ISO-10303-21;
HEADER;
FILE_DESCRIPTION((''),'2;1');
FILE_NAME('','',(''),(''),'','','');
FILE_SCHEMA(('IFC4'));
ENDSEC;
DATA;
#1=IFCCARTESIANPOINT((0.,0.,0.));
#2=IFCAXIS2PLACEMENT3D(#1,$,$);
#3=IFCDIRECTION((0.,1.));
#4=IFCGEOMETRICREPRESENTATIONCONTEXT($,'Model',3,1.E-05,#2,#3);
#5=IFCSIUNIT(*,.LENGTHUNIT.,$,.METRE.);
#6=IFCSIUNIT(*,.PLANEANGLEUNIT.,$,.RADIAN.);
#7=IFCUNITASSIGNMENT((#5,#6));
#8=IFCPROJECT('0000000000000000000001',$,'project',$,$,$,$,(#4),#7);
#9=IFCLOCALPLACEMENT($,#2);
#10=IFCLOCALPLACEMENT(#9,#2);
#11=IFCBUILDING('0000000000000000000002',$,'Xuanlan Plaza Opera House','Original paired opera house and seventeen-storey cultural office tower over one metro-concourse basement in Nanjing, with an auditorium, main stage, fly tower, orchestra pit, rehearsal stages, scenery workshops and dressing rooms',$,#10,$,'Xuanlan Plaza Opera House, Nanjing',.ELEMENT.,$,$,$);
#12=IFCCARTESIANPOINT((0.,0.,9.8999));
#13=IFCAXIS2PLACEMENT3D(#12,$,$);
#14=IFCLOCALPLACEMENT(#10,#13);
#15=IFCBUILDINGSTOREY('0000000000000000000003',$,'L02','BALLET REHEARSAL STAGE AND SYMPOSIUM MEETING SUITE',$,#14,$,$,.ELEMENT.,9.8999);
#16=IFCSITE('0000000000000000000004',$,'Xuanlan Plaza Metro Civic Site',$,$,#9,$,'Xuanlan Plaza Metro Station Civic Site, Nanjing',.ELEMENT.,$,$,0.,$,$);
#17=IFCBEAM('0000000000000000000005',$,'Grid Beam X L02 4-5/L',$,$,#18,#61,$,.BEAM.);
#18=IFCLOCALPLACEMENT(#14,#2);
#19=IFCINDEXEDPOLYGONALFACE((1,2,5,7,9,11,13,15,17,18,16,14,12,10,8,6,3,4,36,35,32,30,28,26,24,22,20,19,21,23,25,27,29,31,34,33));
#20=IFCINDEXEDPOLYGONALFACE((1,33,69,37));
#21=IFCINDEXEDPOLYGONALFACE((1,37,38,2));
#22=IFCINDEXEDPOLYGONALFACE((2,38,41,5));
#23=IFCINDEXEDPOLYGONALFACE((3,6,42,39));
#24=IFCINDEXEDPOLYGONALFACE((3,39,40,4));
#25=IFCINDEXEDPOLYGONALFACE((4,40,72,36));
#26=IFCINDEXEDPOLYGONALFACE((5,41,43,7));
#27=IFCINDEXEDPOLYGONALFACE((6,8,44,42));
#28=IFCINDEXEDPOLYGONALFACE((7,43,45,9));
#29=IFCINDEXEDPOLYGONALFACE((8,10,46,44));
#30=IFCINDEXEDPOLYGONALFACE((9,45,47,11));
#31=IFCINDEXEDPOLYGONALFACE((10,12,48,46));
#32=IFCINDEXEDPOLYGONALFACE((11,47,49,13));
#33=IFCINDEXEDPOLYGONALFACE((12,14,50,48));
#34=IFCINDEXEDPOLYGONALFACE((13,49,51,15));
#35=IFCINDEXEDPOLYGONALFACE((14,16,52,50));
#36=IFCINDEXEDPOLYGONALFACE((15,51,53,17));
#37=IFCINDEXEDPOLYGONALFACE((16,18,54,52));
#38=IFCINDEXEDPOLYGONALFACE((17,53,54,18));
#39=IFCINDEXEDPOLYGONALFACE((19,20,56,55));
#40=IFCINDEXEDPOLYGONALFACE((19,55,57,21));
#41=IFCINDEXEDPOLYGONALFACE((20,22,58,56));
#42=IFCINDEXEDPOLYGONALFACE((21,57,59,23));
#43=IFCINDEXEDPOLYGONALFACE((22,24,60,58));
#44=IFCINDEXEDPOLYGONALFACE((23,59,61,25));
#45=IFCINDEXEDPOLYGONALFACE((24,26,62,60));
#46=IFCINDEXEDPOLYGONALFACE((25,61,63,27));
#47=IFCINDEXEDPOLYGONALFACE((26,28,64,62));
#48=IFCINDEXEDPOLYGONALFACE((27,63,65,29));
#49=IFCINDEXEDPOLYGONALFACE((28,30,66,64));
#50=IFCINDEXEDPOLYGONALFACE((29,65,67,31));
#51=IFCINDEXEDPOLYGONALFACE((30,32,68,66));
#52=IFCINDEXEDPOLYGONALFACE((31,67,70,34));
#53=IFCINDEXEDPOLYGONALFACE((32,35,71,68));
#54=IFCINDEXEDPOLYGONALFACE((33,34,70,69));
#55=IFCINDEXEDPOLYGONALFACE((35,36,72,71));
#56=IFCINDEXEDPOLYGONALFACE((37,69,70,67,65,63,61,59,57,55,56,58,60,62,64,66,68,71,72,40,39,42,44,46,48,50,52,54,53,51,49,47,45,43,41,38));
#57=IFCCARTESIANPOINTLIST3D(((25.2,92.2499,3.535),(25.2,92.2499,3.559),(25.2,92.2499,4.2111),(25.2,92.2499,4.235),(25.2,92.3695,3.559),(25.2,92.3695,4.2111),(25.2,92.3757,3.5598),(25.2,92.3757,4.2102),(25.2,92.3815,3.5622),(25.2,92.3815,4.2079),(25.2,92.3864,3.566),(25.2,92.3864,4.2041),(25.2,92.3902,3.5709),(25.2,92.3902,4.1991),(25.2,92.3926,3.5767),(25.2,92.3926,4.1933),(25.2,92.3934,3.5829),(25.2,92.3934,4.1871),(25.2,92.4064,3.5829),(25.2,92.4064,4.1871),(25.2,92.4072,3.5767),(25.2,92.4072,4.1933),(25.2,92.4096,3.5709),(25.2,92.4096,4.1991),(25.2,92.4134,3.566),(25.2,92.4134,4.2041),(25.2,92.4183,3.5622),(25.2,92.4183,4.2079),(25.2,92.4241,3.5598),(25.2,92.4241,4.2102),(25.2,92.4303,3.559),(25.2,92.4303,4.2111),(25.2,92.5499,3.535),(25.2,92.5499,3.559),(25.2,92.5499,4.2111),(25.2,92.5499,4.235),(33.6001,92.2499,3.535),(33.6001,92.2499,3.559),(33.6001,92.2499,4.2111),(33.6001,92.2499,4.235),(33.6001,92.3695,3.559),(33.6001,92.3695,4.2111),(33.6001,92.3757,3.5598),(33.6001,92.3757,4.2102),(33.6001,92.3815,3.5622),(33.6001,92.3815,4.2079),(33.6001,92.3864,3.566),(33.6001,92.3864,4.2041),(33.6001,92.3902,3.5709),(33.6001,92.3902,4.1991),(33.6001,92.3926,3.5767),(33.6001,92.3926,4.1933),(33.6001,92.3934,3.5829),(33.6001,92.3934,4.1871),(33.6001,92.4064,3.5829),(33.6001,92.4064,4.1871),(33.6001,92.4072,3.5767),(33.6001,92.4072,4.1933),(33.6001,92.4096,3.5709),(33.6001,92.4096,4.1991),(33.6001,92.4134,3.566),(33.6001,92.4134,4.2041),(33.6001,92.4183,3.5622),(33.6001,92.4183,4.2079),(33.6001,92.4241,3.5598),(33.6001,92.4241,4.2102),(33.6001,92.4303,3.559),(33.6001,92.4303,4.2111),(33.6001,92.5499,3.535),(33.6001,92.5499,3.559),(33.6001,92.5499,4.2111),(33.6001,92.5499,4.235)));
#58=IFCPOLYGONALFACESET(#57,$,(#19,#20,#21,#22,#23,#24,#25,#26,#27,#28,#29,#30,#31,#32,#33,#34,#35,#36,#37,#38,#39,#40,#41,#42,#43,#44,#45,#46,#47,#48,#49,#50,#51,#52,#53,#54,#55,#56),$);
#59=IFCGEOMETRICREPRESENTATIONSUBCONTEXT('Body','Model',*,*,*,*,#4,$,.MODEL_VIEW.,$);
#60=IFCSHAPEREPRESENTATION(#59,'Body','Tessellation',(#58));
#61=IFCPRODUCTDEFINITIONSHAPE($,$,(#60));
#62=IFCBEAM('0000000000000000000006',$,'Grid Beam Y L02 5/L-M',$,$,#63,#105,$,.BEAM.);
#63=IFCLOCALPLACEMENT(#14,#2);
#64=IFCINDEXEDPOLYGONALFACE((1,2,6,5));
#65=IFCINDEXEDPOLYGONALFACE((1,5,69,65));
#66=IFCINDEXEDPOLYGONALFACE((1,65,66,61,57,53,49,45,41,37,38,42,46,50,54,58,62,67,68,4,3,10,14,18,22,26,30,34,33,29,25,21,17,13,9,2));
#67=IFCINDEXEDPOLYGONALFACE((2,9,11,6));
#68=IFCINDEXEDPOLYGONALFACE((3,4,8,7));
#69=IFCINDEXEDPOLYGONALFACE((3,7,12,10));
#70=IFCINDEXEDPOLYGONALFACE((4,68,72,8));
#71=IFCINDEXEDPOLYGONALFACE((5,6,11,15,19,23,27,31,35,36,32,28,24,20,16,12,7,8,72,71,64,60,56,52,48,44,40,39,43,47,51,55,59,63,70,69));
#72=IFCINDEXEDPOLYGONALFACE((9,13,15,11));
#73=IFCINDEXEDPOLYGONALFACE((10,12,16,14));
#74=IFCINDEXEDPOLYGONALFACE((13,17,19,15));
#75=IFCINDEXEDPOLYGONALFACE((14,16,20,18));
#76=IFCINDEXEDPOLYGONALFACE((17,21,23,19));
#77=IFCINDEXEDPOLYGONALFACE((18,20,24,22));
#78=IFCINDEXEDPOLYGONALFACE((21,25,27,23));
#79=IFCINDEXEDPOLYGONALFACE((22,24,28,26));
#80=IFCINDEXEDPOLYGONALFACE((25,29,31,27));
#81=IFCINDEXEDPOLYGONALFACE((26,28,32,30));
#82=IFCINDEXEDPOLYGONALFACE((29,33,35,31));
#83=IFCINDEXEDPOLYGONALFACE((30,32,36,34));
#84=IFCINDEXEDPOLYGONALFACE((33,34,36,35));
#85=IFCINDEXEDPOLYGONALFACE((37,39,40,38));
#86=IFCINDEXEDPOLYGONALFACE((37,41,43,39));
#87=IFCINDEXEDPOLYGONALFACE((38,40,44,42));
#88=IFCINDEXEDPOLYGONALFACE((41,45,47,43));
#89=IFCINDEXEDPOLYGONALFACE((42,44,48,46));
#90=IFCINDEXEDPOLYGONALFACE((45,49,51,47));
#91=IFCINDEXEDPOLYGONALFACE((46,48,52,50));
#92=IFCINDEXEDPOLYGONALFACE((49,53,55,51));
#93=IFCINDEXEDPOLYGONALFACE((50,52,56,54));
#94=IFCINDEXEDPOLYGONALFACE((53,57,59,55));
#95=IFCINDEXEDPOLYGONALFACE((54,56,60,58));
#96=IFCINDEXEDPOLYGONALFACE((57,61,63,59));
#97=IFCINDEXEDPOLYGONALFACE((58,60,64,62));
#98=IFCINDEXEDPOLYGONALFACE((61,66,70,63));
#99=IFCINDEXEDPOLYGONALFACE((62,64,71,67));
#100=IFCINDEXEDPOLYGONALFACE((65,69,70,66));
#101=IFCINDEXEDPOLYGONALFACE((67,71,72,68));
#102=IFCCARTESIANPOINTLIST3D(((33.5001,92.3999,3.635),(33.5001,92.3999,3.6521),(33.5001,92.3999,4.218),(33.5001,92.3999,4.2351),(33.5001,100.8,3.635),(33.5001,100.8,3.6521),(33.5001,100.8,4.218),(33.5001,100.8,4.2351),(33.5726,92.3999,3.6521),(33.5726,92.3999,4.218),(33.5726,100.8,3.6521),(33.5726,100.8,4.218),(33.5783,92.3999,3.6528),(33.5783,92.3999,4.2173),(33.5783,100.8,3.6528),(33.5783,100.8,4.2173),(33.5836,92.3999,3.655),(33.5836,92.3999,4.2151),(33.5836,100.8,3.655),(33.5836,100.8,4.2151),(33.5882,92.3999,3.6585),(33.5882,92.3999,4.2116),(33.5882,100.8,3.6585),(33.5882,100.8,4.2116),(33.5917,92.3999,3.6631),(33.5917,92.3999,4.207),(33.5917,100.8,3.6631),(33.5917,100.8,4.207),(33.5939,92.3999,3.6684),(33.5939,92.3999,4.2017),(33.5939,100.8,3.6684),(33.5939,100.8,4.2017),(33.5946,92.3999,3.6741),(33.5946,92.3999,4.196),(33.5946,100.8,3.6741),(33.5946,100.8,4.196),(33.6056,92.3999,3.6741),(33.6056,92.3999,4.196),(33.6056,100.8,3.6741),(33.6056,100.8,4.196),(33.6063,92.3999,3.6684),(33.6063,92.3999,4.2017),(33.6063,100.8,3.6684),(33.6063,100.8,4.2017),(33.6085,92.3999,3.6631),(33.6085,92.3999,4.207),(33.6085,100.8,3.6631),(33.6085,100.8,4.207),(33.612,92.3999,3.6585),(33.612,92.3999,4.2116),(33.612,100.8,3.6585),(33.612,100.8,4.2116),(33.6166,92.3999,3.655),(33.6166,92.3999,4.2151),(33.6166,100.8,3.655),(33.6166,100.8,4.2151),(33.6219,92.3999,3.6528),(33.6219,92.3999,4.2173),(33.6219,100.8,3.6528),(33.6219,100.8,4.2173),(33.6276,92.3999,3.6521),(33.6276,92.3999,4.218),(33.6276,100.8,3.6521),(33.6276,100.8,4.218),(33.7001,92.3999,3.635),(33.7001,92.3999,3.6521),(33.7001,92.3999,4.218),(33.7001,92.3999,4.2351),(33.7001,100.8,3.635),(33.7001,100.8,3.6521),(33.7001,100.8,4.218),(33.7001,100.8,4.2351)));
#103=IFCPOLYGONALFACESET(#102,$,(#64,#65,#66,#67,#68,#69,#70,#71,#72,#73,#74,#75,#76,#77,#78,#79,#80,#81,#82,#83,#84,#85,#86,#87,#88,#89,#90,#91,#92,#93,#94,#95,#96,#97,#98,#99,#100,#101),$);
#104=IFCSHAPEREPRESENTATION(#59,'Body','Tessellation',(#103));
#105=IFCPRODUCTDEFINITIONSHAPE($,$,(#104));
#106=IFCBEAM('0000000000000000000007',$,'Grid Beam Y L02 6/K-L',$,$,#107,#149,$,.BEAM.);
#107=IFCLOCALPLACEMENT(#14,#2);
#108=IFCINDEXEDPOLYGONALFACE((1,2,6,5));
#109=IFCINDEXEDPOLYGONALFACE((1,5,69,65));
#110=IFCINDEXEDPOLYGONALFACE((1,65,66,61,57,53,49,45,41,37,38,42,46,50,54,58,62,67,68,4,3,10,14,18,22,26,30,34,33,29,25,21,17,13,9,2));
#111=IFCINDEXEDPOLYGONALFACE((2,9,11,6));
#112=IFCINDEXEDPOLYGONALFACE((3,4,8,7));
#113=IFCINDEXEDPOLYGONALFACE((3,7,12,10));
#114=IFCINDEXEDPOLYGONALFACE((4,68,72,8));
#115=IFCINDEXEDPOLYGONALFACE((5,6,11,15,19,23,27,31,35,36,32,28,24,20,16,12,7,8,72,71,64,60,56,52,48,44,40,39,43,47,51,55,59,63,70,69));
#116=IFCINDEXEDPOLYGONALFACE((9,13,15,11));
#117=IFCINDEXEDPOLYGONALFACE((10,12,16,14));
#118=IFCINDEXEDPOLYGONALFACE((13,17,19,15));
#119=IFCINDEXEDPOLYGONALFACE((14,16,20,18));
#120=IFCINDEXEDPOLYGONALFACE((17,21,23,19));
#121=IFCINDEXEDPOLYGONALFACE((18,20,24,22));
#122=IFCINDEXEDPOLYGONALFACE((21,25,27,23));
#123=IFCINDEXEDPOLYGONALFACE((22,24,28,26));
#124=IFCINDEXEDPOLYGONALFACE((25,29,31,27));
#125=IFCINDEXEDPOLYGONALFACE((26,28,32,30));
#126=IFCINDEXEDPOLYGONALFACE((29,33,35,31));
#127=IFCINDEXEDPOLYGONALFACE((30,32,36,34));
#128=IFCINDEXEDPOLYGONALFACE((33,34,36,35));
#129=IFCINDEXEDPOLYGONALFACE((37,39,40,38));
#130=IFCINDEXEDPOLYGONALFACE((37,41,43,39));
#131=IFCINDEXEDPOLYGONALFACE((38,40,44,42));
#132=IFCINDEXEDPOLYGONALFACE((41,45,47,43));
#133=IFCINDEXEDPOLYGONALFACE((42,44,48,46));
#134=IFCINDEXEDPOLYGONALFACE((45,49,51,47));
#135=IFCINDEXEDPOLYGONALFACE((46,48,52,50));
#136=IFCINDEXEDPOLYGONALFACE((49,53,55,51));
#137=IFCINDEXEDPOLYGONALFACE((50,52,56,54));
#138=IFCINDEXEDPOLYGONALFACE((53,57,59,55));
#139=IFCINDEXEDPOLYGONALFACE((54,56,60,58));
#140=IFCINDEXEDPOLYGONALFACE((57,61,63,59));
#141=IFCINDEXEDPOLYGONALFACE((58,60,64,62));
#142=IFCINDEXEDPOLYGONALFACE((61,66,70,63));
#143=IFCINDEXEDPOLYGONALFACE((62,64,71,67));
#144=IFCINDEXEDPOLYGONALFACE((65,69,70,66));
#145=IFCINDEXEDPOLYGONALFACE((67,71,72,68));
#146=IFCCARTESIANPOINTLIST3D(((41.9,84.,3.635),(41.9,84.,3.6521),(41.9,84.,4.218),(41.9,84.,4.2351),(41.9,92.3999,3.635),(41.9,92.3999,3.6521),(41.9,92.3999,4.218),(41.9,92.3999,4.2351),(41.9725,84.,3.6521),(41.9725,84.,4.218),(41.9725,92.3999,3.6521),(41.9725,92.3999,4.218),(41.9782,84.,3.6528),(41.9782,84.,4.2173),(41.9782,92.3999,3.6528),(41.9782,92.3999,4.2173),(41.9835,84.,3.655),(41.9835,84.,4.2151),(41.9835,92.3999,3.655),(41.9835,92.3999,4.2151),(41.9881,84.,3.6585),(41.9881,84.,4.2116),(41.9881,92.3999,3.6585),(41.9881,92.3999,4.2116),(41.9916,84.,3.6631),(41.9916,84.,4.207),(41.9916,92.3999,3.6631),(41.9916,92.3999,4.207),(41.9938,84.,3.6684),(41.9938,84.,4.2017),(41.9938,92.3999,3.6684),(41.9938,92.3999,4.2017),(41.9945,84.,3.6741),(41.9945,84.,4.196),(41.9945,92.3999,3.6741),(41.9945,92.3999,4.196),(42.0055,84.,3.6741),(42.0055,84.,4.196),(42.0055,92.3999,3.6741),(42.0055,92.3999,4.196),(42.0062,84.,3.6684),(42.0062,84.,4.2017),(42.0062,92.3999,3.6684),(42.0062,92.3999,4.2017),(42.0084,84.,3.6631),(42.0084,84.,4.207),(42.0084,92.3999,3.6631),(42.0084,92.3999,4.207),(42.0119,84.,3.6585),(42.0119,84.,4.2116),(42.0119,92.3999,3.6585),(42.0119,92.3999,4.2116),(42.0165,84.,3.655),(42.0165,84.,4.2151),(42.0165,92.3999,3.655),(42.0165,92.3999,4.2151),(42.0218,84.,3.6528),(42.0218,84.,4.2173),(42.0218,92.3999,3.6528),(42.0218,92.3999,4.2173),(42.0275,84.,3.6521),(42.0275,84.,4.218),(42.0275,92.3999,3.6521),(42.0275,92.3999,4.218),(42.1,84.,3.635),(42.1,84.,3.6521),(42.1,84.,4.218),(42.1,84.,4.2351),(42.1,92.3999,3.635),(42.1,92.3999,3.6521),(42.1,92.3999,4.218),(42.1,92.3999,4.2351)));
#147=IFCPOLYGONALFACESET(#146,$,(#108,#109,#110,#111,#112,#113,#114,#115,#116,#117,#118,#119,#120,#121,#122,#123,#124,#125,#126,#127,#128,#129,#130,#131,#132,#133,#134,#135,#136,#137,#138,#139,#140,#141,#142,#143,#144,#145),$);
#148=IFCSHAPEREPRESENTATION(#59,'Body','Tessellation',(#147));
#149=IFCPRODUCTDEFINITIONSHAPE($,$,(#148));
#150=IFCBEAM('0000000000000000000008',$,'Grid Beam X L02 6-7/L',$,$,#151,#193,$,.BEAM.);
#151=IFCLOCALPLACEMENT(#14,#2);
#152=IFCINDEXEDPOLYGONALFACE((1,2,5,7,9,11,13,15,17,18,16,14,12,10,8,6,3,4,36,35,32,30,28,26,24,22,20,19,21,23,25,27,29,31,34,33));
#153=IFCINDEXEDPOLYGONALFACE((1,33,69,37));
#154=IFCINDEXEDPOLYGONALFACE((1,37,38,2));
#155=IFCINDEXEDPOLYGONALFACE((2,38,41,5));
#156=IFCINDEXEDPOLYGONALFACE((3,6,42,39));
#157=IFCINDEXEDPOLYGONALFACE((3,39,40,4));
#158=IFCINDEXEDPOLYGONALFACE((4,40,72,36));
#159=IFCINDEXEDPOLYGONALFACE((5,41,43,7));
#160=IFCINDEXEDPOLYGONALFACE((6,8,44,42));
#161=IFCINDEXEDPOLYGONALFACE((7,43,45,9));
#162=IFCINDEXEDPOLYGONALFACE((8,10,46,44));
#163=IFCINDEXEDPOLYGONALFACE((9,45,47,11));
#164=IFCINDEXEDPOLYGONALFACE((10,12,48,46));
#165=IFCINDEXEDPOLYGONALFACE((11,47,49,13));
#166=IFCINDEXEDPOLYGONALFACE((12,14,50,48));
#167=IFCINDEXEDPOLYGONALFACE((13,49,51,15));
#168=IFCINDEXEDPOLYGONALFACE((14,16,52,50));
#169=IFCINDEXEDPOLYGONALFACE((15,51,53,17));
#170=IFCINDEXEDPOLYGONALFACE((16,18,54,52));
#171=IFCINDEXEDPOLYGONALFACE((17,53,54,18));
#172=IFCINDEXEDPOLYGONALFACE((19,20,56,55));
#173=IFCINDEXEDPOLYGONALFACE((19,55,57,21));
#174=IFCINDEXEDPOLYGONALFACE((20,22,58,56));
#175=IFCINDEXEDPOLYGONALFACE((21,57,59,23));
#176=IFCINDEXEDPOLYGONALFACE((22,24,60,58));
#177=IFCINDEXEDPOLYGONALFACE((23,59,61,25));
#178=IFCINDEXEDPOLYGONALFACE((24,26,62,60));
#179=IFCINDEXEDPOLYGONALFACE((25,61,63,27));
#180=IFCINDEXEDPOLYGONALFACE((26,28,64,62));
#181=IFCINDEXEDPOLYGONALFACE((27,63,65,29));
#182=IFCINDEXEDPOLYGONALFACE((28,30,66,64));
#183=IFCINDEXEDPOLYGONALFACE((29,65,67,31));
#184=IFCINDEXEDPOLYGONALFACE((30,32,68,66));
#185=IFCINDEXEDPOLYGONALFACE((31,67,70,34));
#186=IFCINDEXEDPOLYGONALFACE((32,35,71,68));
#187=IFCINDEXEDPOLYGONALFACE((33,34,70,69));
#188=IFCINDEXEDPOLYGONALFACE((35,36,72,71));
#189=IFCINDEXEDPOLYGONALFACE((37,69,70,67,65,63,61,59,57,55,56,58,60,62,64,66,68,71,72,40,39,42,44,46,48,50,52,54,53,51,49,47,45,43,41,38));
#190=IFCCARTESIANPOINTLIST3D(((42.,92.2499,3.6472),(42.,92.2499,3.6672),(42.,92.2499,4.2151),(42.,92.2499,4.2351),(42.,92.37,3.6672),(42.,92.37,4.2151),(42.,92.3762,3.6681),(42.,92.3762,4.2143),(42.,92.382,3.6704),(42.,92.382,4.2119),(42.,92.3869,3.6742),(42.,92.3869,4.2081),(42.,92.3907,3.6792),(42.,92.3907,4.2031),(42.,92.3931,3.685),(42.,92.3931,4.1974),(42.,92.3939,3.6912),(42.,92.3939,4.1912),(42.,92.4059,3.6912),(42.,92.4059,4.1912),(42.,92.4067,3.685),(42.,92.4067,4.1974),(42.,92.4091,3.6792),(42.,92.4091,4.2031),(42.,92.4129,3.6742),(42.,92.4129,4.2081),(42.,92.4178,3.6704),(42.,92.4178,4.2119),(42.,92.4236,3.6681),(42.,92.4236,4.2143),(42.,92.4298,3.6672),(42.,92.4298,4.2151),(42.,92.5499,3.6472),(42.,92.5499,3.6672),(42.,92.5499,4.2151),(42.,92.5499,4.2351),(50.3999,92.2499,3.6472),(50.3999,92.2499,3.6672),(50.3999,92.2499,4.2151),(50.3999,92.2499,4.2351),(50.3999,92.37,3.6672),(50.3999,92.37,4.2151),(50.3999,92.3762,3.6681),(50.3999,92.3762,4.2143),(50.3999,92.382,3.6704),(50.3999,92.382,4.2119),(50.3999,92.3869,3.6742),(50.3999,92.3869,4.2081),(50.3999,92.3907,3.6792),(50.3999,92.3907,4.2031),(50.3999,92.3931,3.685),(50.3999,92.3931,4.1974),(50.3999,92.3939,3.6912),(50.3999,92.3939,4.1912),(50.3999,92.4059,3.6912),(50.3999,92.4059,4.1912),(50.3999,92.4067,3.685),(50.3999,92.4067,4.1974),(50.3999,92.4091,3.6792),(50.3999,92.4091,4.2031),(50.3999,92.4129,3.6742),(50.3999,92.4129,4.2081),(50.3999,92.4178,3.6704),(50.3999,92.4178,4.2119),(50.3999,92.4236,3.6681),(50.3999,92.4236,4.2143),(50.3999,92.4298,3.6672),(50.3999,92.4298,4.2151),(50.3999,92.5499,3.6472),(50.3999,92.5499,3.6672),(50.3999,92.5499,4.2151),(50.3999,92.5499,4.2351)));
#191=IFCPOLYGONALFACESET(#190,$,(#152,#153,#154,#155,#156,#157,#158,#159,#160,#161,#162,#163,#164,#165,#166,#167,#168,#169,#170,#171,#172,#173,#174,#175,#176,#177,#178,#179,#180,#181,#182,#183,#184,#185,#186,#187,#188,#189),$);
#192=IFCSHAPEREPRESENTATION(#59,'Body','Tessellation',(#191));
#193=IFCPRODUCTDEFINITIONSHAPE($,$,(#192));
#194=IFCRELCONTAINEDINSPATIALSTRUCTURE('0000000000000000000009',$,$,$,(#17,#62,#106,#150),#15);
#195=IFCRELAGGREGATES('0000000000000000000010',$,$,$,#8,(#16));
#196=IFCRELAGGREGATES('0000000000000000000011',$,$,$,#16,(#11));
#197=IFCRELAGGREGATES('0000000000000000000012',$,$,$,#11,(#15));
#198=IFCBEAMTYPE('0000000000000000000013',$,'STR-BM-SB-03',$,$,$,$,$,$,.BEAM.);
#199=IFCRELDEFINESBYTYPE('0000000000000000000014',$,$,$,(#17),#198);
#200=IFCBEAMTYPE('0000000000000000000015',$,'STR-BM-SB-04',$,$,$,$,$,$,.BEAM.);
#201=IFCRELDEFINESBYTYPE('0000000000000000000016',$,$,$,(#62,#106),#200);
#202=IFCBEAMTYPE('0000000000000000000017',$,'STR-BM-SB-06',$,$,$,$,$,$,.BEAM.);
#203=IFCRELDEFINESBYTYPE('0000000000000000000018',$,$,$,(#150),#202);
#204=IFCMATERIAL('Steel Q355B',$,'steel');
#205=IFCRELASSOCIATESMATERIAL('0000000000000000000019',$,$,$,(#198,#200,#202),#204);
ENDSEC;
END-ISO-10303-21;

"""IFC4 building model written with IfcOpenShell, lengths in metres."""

from ifc_helpers import new_model, si_unit, direction, frame, origin, origin_2d, place, context, subcontext, project, spatial, i_section, extrude, material, material_profile, profile_set, type_object, element, save


model = new_model("IFC4")

# Units and contexts
model_context = context("Model", 3, precision=1e-05, world=origin(), true_north=direction((0.0, 1.0)))
body_context = subcontext(model_context, "Body", "Model", "MODEL_VIEW")
ifc_project = project(units=[si_unit("LENGTHUNIT", "METRE"), si_unit("PLANEANGLEUNIT", "RADIAN")], contexts=[model_context])

# Site, building, storey
site_placement = place(None, origin())
site = spatial("IfcSite", under=ifc_project, at=site_placement, Name="Xuanlan Plaza Metro Civic Site", LongName="Xuanlan Plaza Metro Station Civic Site, Nanjing", CompositionType="ELEMENT", RefElevation=0.0)
building_placement = place(site_placement, origin())
building = spatial("IfcBuilding", under=site, at=building_placement, Name="Xuanlan Plaza Opera House", Description="Original paired opera house and seventeen-storey cultural office tower over one metro-concourse basement in Nanjing, with an auditorium, main stage, fly tower, orchestra pit, rehearsal stages, scenery workshops and dressing rooms", LongName="Xuanlan Plaza Opera House, Nanjing", CompositionType="ELEMENT")
storey_placement = place(building_placement, frame((0.0, 0.0, 9.8999)))
storey = spatial("IfcBuildingStorey", under=building, at=storey_placement, Name="L02", Description="BALLET REHEARSAL STAGE AND SYMPOSIUM MEETING SUITE", CompositionType="ELEMENT", Elevation=9.8999)

# Beams
ifc_material_1 = material(Name="Steel Q355B", Category="steel")
ifc_material_profile_1 = material_profile(ifc_material_1, i_section(OverallWidth=0.3, OverallDepth=0.7, WebThickness=0.0129, FlangeThickness=0.0239, FilletRadius=0.0239, at=origin_2d()), Name="HN 700x300x13x24")
ifc_profile_set_1 = profile_set([ifc_material_profile_1], Name="Steel Q355B")
beam_type_1 = type_object("IfcBeamType", Name="STR-BM-SB-03", PredefinedType="BEAM", material=ifc_profile_set_1)
beam_1_placement = place(storey_placement, frame((25.2, 92.3999, 3.885), z_axis=(1.0, 0.0, 0.0), x_axis=(0.0, 1.0, 0.0)))
element("IfcBeam", 1, at=beam_1_placement, inside=storey, type_object=beam_type_1, Name="Grid Beam X L02 4-5/L", PredefinedType="BEAM", context=body_context, shape_type="SweptSolid", body=[
    extrude(i_section(OverallWidth=0.3, OverallDepth=0.7, WebThickness=0.0129, FlangeThickness=0.0239, FilletRadius=0.0239, at=origin_2d()), origin(), (0.0, 0.0, 1.0), 8.4001),
])
ifc_material_profile_2 = material_profile(ifc_material_1, i_section(OverallWidth=0.2, OverallDepth=0.6001, WebThickness=0.011, FlangeThickness=0.0171, FilletRadius=0.022, at=origin_2d()), Name="HN 600x200x11x17")
ifc_profile_set_2 = profile_set([ifc_material_profile_2], Name="Steel Q355B")
beam_type_2 = type_object("IfcBeamType", Name="STR-BM-SB-04", PredefinedType="BEAM", material=ifc_profile_set_2)
beam_2_placement = place(storey_placement, frame((33.6001, 92.3999, 3.9351), z_axis=(0.0, 1.0, 0.0), x_axis=(-1.0, 0.0, 0.0)))
element("IfcBeam", 2, at=beam_2_placement, inside=storey, type_object=beam_type_2, Name="Grid Beam Y L02 5/L-M", PredefinedType="BEAM", context=body_context, shape_type="SweptSolid", body=[
    extrude(i_section(OverallWidth=0.2, OverallDepth=0.6001, WebThickness=0.011, FlangeThickness=0.0171, FilletRadius=0.022, at=origin_2d()), origin(), (0.0, 0.0, 1.0), 8.4001),
])
beam_3_placement = place(storey_placement, frame((42.0, 84.0, 3.9351), z_axis=(0.0, 1.0, 0.0), x_axis=(-1.0, 0.0, 0.0)))
element("IfcBeam", 3, at=beam_3_placement, inside=storey, type_object=beam_type_2, Name="Grid Beam Y L02 6/K-L", PredefinedType="BEAM", context=body_context, shape_type="SweptSolid", body=[
    extrude(i_section(OverallWidth=0.2, OverallDepth=0.6001, WebThickness=0.011, FlangeThickness=0.0171, FilletRadius=0.022, at=origin_2d()), origin(), (0.0, 0.0, 1.0), 8.3999),
])
ifc_material_profile_3 = material_profile(ifc_material_1, i_section(OverallWidth=0.3, OverallDepth=0.5879, WebThickness=0.012, FlangeThickness=0.02, FilletRadius=0.0239, at=origin_2d()), Name="HM 588x300x12x20")
ifc_profile_set_3 = profile_set([ifc_material_profile_3], Name="Steel Q355B")
beam_type_3 = type_object("IfcBeamType", Name="STR-BM-SB-06", PredefinedType="BEAM", material=ifc_profile_set_3)
beam_4_placement = place(storey_placement, frame((42.0, 92.3999, 3.9412), z_axis=(1.0, 0.0, 0.0), x_axis=(0.0, 1.0, 0.0)))
element("IfcBeam", 4, at=beam_4_placement, inside=storey, type_object=beam_type_3, Name="Grid Beam X L02 6-7/L", PredefinedType="BEAM", context=body_context, shape_type="SweptSolid", body=[
    extrude(i_section(OverallWidth=0.3, OverallDepth=0.5879, WebThickness=0.012, FlangeThickness=0.02, FilletRadius=0.0239, at=origin_2d()), origin(), (0.0, 0.0, 1.0), 8.3999),
])

save(model, "model.ifc")
